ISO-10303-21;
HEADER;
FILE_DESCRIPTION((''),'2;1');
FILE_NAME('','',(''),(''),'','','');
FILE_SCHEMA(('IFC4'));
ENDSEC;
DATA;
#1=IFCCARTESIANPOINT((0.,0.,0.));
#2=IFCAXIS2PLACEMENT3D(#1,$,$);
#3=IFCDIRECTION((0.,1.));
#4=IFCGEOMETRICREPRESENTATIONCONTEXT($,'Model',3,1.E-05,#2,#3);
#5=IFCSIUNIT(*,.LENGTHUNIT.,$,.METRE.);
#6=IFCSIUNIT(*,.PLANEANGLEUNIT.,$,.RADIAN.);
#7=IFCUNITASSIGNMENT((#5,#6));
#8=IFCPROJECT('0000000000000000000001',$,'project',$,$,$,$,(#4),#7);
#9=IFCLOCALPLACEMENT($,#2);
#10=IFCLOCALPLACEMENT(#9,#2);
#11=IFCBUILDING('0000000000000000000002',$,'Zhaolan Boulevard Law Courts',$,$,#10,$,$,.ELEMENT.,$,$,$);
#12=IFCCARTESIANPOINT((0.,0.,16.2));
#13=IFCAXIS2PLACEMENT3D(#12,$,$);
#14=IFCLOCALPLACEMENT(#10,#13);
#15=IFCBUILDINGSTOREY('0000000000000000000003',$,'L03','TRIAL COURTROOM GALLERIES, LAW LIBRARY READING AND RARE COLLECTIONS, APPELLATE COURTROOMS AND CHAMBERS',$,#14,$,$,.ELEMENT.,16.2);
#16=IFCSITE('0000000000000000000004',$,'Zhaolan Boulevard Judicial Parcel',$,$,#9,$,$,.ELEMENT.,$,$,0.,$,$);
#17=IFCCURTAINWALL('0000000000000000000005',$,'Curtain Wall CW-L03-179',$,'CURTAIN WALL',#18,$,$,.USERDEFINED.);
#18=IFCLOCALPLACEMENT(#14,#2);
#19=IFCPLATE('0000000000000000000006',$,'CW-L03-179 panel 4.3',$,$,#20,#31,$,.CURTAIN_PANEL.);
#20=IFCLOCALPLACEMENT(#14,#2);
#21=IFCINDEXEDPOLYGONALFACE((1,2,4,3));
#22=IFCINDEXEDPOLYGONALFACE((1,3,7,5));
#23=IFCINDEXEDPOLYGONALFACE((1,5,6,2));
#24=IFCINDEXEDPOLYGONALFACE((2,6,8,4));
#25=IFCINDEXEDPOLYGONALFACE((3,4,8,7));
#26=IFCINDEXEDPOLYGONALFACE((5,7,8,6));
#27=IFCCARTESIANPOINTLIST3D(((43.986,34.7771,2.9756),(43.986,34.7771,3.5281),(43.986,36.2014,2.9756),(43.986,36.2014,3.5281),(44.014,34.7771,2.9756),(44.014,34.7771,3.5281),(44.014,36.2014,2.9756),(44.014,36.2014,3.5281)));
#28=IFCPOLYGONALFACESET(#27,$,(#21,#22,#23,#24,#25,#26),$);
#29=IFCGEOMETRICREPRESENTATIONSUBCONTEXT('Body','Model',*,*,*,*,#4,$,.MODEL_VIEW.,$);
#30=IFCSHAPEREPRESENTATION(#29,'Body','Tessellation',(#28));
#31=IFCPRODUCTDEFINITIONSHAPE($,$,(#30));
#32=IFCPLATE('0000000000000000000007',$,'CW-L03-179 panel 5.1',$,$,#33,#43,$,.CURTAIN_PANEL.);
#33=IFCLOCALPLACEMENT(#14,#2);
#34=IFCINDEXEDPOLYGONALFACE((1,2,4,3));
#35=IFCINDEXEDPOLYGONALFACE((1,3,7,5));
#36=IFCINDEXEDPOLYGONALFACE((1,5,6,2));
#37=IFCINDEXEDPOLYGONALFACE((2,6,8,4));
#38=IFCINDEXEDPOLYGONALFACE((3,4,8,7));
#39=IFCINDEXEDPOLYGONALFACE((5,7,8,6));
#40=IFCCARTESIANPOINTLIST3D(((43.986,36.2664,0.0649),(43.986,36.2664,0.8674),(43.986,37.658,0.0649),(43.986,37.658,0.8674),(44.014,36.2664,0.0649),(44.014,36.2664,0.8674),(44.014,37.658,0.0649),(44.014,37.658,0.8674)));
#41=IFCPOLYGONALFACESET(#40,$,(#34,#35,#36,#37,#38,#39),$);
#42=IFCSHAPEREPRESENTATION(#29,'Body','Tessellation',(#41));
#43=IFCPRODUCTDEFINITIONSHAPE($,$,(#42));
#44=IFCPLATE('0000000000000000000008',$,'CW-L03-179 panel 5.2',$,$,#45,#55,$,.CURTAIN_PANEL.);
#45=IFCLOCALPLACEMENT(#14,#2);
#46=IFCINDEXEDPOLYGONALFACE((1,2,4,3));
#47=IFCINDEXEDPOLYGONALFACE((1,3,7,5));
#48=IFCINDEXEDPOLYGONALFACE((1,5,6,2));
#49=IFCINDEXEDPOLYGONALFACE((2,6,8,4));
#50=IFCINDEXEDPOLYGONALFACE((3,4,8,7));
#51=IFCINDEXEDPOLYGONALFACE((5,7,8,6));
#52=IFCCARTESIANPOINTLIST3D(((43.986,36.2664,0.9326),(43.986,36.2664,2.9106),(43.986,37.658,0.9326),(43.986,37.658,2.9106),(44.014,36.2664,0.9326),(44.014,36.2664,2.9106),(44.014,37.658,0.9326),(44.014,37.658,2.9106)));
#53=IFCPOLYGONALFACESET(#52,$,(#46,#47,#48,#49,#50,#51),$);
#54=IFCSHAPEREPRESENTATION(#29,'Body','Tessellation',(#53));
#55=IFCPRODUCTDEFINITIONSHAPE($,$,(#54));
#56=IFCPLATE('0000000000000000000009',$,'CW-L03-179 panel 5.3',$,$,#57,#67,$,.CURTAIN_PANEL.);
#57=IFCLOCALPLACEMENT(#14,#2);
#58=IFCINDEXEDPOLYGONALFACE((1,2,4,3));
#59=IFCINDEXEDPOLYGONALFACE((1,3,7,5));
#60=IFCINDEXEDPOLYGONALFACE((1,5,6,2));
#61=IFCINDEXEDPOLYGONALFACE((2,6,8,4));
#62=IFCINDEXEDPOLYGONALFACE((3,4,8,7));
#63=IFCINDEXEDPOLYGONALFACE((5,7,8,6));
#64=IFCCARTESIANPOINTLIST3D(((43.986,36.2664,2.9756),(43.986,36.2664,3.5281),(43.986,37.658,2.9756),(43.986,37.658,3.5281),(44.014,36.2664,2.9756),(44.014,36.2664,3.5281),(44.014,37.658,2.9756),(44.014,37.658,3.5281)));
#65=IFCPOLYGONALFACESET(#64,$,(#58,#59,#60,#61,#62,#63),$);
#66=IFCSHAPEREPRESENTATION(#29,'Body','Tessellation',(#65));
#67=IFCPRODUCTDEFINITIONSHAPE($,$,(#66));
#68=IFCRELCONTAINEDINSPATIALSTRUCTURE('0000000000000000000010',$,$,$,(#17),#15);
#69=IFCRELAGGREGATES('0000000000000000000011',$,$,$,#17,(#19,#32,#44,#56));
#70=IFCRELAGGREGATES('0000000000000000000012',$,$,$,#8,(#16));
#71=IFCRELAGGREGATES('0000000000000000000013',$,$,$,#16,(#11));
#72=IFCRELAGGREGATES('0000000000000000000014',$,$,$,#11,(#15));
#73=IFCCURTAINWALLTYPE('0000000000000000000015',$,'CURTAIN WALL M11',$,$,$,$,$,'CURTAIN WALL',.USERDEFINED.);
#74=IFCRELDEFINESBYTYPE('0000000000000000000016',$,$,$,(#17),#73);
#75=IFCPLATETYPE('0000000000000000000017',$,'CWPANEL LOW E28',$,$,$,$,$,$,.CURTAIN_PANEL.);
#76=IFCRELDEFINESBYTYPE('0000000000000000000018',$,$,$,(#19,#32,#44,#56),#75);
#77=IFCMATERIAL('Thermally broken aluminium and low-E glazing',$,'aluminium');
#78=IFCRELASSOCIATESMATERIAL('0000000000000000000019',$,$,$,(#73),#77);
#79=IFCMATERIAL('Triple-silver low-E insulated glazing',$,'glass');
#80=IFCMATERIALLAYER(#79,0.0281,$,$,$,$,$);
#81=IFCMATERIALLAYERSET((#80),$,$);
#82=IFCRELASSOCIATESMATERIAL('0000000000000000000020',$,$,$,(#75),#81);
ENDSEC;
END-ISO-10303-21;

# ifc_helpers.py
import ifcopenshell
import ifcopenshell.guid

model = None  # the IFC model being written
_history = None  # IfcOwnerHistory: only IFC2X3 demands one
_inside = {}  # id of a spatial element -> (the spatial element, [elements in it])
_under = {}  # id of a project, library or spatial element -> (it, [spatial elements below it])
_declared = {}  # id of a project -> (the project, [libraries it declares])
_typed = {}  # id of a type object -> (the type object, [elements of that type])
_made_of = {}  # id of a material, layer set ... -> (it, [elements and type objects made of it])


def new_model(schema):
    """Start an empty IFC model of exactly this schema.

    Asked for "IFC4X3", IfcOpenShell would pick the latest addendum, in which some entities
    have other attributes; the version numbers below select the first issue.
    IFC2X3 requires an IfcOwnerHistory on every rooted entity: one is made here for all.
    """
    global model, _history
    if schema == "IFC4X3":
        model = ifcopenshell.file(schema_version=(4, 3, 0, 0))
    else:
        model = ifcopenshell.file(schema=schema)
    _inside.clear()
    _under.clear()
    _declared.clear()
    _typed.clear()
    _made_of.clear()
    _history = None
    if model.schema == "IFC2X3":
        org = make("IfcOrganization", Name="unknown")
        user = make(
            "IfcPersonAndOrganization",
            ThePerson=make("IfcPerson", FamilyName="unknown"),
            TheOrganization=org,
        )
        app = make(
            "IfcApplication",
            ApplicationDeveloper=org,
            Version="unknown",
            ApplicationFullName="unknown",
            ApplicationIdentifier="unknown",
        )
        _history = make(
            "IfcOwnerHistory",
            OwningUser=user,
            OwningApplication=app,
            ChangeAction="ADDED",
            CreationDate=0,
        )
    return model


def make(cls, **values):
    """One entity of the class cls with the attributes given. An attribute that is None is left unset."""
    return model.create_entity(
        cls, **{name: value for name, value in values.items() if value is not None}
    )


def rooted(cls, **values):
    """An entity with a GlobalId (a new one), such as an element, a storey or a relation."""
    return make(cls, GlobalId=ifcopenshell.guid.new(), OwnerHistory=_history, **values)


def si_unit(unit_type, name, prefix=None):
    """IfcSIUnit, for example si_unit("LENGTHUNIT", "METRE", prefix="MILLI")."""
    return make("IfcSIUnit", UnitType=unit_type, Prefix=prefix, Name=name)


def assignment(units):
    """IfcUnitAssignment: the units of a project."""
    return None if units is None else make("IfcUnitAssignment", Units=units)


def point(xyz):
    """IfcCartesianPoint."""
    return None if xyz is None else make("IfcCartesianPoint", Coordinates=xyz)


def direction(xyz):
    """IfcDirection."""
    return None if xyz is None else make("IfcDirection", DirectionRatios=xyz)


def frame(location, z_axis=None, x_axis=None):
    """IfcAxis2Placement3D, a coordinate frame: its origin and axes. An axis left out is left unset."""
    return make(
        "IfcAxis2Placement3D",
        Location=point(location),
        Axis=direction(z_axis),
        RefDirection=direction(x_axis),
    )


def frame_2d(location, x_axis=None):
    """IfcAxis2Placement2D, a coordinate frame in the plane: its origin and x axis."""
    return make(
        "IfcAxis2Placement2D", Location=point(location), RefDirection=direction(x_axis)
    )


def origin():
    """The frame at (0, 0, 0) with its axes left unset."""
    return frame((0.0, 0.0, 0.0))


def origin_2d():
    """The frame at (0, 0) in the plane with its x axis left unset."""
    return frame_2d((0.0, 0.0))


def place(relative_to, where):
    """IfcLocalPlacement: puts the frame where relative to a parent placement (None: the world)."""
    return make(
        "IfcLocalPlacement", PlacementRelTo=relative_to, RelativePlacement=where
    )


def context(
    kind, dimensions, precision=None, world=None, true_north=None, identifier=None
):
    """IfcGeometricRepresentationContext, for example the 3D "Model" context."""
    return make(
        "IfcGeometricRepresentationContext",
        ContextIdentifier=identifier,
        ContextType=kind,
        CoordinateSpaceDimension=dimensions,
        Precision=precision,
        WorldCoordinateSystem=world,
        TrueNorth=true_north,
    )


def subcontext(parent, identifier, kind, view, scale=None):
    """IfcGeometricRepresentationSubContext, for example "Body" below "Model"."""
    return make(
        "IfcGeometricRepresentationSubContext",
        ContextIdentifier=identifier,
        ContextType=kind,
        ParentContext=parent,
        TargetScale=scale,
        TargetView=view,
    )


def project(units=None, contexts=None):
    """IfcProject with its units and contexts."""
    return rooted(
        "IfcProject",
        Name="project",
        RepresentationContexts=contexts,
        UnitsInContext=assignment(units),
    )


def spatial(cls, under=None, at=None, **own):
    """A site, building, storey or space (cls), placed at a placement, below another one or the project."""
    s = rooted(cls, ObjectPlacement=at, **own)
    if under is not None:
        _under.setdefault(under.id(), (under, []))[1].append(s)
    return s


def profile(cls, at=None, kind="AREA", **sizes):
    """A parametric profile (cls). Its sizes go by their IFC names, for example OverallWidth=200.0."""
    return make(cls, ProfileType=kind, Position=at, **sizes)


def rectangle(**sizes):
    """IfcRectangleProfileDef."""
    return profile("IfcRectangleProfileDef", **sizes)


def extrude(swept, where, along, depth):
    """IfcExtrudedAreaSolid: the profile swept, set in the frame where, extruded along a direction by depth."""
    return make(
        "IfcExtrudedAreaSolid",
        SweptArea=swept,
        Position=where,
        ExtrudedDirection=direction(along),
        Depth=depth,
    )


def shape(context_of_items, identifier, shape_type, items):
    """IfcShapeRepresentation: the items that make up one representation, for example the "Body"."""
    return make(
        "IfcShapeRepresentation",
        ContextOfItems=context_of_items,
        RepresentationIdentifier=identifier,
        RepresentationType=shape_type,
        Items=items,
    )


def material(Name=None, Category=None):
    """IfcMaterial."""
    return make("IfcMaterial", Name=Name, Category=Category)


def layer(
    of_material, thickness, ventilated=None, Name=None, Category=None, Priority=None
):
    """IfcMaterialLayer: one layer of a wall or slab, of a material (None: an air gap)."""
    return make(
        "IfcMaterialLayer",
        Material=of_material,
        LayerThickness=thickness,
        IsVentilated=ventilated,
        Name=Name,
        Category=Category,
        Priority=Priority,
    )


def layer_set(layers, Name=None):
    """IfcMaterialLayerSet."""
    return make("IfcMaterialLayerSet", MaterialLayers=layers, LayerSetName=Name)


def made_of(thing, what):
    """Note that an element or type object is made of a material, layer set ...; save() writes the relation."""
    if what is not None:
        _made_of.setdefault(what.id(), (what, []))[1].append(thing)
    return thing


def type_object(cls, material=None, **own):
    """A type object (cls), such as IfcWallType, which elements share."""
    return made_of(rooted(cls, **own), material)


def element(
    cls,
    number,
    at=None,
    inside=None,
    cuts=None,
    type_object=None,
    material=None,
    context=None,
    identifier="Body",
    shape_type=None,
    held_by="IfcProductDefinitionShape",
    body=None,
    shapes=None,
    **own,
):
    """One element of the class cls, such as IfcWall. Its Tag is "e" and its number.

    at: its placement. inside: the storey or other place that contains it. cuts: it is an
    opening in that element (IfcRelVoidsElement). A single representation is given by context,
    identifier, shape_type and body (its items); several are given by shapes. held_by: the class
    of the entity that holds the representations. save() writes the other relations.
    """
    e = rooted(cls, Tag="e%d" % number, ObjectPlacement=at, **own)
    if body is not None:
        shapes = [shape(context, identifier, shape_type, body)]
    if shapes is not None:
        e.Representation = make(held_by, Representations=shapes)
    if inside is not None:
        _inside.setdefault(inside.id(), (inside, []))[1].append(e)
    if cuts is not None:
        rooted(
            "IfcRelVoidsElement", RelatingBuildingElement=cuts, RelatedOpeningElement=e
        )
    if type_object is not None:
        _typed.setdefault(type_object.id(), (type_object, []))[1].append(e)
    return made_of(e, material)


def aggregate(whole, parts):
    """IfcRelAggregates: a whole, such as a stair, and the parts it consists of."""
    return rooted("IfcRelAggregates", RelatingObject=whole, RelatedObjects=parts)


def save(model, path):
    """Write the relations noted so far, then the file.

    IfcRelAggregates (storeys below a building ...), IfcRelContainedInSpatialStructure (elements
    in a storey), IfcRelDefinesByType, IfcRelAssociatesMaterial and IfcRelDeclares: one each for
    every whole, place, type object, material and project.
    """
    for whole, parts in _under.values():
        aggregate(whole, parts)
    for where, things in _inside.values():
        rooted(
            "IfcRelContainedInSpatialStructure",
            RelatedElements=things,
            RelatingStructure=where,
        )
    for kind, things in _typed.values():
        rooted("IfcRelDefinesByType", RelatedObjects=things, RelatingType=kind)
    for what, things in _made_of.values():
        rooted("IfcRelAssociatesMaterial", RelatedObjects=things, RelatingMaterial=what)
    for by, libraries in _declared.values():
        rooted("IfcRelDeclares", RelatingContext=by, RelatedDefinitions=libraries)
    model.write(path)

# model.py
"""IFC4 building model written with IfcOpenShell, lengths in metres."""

from ifc_helpers import new_model, si_unit, direction, frame, origin, origin_2d, place, context, subcontext, project, spatial, rectangle, extrude, material, layer, layer_set, type_object, element, aggregate, save


model = new_model("IFC4")

# Units and contexts
model_context = context("Model", 3, precision=1e-05, world=origin(), true_north=direction((0.0, 1.0)))
body_context = subcontext(model_context, "Body", "Model", "MODEL_VIEW")
ifc_project = project(units=[si_unit("LENGTHUNIT", "METRE"), si_unit("PLANEANGLEUNIT", "RADIAN")], contexts=[model_context])

# Site, building, storey
site_placement = place(None, origin())
site = spatial("IfcSite", under=ifc_project, at=site_placement, Name="Zhaolan Boulevard Judicial Parcel", CompositionType="ELEMENT", RefElevation=0.0)
building_placement = place(site_placement, origin())
building = spatial("IfcBuilding", under=site, at=building_placement, Name="Zhaolan Boulevard Law Courts", CompositionType="ELEMENT")
storey_placement = place(building_placement, frame((0.0, 0.0, 16.2)))
storey = spatial("IfcBuildingStorey", under=building, at=storey_placement, Name="L03", Description="TRIAL COURTROOM GALLERIES, LAW LIBRARY READING AND RARE COLLECTIONS, APPELLATE COURTROOMS AND CHAMBERS", CompositionType="ELEMENT", Elevation=16.2)

# Curtain wall, plates
ifc_material_1 = material(Name="Thermally broken aluminium and low-E glazing", Category="aluminium")
curtain_wall_type = type_object("IfcCurtainWallType", Name="CURTAIN WALL M11", ElementType="CURTAIN WALL", PredefinedType="USERDEFINED", material=ifc_material_1)
curtain_wall_placement = place(storey_placement, origin())
curtain_wall = element("IfcCurtainWall", 1, at=curtain_wall_placement, inside=storey, type_object=curtain_wall_type, Name="Curtain Wall CW-L03-179", ObjectType="CURTAIN WALL", PredefinedType="USERDEFINED")
ifc_material_2 = material(Name="Triple-silver low-E insulated glazing", Category="glass")
ifc_layer = layer(ifc_material_2, 0.0281)
ifc_layer_set = layer_set([ifc_layer])
plate_type = type_object("IfcPlateType", Name="CWPANEL LOW E28", PredefinedType="CURTAIN_PANEL", material=ifc_layer_set)
plate_1_placement = place(storey_placement, frame((44.0, 35.4893, 2.9756), z_axis=(0.0, 0.0, 1.0), x_axis=(0.0, 1.0, 0.0)))
plate_1 = element("IfcPlate", 2, at=plate_1_placement, type_object=plate_type, Name="CW-L03-179 panel 4.3", PredefinedType="CURTAIN_PANEL", context=body_context, shape_type="SweptSolid", body=[
    extrude(rectangle(XDim=1.4243, YDim=0.0281, at=origin_2d()), origin(), (0.0, 0.0, 1.0), 0.5525),
])
plate_2_placement = place(storey_placement, frame((44.0, 36.9622, 0.0649), z_axis=(0.0, 0.0, 1.0), x_axis=(0.0, 1.0, 0.0)))
plate_2 = element("IfcPlate", 3, at=plate_2_placement, type_object=plate_type, Name="CW-L03-179 panel 5.1", PredefinedType="CURTAIN_PANEL", context=body_context, shape_type="SweptSolid", body=[
    extrude(rectangle(XDim=1.3916, YDim=0.0281, at=origin_2d()), origin(), (0.0, 0.0, 1.0), 0.8025),
])
plate_3_placement = place(storey_placement, frame((44.0, 36.9622, 0.9326), z_axis=(0.0, 0.0, 1.0), x_axis=(0.0, 1.0, 0.0)))
plate_3 = element("IfcPlate", 4, at=plate_3_placement, type_object=plate_type, Name="CW-L03-179 panel 5.2", PredefinedType="CURTAIN_PANEL", context=body_context, shape_type="SweptSolid", body=[
    extrude(rectangle(XDim=1.3916, YDim=0.0281, at=origin_2d()), origin(), (0.0, 0.0, 1.0), 1.978),
])
plate_4_placement = place(storey_placement, frame((44.0, 36.9622, 2.9756), z_axis=(0.0, 0.0, 1.0), x_axis=(0.0, 1.0, 0.0)))
plate_4 = element("IfcPlate", 5, at=plate_4_placement, type_object=plate_type, Name="CW-L03-179 panel 5.3", PredefinedType="CURTAIN_PANEL", context=body_context, shape_type="SweptSolid", body=[
    extrude(rectangle(XDim=1.3916, YDim=0.0281, at=origin_2d()), origin(), (0.0, 0.0, 1.0), 0.5525),
])
aggregate(curtain_wall, [plate_1, plate_2, plate_3, plate_4])

save(model, "model.ifc")
